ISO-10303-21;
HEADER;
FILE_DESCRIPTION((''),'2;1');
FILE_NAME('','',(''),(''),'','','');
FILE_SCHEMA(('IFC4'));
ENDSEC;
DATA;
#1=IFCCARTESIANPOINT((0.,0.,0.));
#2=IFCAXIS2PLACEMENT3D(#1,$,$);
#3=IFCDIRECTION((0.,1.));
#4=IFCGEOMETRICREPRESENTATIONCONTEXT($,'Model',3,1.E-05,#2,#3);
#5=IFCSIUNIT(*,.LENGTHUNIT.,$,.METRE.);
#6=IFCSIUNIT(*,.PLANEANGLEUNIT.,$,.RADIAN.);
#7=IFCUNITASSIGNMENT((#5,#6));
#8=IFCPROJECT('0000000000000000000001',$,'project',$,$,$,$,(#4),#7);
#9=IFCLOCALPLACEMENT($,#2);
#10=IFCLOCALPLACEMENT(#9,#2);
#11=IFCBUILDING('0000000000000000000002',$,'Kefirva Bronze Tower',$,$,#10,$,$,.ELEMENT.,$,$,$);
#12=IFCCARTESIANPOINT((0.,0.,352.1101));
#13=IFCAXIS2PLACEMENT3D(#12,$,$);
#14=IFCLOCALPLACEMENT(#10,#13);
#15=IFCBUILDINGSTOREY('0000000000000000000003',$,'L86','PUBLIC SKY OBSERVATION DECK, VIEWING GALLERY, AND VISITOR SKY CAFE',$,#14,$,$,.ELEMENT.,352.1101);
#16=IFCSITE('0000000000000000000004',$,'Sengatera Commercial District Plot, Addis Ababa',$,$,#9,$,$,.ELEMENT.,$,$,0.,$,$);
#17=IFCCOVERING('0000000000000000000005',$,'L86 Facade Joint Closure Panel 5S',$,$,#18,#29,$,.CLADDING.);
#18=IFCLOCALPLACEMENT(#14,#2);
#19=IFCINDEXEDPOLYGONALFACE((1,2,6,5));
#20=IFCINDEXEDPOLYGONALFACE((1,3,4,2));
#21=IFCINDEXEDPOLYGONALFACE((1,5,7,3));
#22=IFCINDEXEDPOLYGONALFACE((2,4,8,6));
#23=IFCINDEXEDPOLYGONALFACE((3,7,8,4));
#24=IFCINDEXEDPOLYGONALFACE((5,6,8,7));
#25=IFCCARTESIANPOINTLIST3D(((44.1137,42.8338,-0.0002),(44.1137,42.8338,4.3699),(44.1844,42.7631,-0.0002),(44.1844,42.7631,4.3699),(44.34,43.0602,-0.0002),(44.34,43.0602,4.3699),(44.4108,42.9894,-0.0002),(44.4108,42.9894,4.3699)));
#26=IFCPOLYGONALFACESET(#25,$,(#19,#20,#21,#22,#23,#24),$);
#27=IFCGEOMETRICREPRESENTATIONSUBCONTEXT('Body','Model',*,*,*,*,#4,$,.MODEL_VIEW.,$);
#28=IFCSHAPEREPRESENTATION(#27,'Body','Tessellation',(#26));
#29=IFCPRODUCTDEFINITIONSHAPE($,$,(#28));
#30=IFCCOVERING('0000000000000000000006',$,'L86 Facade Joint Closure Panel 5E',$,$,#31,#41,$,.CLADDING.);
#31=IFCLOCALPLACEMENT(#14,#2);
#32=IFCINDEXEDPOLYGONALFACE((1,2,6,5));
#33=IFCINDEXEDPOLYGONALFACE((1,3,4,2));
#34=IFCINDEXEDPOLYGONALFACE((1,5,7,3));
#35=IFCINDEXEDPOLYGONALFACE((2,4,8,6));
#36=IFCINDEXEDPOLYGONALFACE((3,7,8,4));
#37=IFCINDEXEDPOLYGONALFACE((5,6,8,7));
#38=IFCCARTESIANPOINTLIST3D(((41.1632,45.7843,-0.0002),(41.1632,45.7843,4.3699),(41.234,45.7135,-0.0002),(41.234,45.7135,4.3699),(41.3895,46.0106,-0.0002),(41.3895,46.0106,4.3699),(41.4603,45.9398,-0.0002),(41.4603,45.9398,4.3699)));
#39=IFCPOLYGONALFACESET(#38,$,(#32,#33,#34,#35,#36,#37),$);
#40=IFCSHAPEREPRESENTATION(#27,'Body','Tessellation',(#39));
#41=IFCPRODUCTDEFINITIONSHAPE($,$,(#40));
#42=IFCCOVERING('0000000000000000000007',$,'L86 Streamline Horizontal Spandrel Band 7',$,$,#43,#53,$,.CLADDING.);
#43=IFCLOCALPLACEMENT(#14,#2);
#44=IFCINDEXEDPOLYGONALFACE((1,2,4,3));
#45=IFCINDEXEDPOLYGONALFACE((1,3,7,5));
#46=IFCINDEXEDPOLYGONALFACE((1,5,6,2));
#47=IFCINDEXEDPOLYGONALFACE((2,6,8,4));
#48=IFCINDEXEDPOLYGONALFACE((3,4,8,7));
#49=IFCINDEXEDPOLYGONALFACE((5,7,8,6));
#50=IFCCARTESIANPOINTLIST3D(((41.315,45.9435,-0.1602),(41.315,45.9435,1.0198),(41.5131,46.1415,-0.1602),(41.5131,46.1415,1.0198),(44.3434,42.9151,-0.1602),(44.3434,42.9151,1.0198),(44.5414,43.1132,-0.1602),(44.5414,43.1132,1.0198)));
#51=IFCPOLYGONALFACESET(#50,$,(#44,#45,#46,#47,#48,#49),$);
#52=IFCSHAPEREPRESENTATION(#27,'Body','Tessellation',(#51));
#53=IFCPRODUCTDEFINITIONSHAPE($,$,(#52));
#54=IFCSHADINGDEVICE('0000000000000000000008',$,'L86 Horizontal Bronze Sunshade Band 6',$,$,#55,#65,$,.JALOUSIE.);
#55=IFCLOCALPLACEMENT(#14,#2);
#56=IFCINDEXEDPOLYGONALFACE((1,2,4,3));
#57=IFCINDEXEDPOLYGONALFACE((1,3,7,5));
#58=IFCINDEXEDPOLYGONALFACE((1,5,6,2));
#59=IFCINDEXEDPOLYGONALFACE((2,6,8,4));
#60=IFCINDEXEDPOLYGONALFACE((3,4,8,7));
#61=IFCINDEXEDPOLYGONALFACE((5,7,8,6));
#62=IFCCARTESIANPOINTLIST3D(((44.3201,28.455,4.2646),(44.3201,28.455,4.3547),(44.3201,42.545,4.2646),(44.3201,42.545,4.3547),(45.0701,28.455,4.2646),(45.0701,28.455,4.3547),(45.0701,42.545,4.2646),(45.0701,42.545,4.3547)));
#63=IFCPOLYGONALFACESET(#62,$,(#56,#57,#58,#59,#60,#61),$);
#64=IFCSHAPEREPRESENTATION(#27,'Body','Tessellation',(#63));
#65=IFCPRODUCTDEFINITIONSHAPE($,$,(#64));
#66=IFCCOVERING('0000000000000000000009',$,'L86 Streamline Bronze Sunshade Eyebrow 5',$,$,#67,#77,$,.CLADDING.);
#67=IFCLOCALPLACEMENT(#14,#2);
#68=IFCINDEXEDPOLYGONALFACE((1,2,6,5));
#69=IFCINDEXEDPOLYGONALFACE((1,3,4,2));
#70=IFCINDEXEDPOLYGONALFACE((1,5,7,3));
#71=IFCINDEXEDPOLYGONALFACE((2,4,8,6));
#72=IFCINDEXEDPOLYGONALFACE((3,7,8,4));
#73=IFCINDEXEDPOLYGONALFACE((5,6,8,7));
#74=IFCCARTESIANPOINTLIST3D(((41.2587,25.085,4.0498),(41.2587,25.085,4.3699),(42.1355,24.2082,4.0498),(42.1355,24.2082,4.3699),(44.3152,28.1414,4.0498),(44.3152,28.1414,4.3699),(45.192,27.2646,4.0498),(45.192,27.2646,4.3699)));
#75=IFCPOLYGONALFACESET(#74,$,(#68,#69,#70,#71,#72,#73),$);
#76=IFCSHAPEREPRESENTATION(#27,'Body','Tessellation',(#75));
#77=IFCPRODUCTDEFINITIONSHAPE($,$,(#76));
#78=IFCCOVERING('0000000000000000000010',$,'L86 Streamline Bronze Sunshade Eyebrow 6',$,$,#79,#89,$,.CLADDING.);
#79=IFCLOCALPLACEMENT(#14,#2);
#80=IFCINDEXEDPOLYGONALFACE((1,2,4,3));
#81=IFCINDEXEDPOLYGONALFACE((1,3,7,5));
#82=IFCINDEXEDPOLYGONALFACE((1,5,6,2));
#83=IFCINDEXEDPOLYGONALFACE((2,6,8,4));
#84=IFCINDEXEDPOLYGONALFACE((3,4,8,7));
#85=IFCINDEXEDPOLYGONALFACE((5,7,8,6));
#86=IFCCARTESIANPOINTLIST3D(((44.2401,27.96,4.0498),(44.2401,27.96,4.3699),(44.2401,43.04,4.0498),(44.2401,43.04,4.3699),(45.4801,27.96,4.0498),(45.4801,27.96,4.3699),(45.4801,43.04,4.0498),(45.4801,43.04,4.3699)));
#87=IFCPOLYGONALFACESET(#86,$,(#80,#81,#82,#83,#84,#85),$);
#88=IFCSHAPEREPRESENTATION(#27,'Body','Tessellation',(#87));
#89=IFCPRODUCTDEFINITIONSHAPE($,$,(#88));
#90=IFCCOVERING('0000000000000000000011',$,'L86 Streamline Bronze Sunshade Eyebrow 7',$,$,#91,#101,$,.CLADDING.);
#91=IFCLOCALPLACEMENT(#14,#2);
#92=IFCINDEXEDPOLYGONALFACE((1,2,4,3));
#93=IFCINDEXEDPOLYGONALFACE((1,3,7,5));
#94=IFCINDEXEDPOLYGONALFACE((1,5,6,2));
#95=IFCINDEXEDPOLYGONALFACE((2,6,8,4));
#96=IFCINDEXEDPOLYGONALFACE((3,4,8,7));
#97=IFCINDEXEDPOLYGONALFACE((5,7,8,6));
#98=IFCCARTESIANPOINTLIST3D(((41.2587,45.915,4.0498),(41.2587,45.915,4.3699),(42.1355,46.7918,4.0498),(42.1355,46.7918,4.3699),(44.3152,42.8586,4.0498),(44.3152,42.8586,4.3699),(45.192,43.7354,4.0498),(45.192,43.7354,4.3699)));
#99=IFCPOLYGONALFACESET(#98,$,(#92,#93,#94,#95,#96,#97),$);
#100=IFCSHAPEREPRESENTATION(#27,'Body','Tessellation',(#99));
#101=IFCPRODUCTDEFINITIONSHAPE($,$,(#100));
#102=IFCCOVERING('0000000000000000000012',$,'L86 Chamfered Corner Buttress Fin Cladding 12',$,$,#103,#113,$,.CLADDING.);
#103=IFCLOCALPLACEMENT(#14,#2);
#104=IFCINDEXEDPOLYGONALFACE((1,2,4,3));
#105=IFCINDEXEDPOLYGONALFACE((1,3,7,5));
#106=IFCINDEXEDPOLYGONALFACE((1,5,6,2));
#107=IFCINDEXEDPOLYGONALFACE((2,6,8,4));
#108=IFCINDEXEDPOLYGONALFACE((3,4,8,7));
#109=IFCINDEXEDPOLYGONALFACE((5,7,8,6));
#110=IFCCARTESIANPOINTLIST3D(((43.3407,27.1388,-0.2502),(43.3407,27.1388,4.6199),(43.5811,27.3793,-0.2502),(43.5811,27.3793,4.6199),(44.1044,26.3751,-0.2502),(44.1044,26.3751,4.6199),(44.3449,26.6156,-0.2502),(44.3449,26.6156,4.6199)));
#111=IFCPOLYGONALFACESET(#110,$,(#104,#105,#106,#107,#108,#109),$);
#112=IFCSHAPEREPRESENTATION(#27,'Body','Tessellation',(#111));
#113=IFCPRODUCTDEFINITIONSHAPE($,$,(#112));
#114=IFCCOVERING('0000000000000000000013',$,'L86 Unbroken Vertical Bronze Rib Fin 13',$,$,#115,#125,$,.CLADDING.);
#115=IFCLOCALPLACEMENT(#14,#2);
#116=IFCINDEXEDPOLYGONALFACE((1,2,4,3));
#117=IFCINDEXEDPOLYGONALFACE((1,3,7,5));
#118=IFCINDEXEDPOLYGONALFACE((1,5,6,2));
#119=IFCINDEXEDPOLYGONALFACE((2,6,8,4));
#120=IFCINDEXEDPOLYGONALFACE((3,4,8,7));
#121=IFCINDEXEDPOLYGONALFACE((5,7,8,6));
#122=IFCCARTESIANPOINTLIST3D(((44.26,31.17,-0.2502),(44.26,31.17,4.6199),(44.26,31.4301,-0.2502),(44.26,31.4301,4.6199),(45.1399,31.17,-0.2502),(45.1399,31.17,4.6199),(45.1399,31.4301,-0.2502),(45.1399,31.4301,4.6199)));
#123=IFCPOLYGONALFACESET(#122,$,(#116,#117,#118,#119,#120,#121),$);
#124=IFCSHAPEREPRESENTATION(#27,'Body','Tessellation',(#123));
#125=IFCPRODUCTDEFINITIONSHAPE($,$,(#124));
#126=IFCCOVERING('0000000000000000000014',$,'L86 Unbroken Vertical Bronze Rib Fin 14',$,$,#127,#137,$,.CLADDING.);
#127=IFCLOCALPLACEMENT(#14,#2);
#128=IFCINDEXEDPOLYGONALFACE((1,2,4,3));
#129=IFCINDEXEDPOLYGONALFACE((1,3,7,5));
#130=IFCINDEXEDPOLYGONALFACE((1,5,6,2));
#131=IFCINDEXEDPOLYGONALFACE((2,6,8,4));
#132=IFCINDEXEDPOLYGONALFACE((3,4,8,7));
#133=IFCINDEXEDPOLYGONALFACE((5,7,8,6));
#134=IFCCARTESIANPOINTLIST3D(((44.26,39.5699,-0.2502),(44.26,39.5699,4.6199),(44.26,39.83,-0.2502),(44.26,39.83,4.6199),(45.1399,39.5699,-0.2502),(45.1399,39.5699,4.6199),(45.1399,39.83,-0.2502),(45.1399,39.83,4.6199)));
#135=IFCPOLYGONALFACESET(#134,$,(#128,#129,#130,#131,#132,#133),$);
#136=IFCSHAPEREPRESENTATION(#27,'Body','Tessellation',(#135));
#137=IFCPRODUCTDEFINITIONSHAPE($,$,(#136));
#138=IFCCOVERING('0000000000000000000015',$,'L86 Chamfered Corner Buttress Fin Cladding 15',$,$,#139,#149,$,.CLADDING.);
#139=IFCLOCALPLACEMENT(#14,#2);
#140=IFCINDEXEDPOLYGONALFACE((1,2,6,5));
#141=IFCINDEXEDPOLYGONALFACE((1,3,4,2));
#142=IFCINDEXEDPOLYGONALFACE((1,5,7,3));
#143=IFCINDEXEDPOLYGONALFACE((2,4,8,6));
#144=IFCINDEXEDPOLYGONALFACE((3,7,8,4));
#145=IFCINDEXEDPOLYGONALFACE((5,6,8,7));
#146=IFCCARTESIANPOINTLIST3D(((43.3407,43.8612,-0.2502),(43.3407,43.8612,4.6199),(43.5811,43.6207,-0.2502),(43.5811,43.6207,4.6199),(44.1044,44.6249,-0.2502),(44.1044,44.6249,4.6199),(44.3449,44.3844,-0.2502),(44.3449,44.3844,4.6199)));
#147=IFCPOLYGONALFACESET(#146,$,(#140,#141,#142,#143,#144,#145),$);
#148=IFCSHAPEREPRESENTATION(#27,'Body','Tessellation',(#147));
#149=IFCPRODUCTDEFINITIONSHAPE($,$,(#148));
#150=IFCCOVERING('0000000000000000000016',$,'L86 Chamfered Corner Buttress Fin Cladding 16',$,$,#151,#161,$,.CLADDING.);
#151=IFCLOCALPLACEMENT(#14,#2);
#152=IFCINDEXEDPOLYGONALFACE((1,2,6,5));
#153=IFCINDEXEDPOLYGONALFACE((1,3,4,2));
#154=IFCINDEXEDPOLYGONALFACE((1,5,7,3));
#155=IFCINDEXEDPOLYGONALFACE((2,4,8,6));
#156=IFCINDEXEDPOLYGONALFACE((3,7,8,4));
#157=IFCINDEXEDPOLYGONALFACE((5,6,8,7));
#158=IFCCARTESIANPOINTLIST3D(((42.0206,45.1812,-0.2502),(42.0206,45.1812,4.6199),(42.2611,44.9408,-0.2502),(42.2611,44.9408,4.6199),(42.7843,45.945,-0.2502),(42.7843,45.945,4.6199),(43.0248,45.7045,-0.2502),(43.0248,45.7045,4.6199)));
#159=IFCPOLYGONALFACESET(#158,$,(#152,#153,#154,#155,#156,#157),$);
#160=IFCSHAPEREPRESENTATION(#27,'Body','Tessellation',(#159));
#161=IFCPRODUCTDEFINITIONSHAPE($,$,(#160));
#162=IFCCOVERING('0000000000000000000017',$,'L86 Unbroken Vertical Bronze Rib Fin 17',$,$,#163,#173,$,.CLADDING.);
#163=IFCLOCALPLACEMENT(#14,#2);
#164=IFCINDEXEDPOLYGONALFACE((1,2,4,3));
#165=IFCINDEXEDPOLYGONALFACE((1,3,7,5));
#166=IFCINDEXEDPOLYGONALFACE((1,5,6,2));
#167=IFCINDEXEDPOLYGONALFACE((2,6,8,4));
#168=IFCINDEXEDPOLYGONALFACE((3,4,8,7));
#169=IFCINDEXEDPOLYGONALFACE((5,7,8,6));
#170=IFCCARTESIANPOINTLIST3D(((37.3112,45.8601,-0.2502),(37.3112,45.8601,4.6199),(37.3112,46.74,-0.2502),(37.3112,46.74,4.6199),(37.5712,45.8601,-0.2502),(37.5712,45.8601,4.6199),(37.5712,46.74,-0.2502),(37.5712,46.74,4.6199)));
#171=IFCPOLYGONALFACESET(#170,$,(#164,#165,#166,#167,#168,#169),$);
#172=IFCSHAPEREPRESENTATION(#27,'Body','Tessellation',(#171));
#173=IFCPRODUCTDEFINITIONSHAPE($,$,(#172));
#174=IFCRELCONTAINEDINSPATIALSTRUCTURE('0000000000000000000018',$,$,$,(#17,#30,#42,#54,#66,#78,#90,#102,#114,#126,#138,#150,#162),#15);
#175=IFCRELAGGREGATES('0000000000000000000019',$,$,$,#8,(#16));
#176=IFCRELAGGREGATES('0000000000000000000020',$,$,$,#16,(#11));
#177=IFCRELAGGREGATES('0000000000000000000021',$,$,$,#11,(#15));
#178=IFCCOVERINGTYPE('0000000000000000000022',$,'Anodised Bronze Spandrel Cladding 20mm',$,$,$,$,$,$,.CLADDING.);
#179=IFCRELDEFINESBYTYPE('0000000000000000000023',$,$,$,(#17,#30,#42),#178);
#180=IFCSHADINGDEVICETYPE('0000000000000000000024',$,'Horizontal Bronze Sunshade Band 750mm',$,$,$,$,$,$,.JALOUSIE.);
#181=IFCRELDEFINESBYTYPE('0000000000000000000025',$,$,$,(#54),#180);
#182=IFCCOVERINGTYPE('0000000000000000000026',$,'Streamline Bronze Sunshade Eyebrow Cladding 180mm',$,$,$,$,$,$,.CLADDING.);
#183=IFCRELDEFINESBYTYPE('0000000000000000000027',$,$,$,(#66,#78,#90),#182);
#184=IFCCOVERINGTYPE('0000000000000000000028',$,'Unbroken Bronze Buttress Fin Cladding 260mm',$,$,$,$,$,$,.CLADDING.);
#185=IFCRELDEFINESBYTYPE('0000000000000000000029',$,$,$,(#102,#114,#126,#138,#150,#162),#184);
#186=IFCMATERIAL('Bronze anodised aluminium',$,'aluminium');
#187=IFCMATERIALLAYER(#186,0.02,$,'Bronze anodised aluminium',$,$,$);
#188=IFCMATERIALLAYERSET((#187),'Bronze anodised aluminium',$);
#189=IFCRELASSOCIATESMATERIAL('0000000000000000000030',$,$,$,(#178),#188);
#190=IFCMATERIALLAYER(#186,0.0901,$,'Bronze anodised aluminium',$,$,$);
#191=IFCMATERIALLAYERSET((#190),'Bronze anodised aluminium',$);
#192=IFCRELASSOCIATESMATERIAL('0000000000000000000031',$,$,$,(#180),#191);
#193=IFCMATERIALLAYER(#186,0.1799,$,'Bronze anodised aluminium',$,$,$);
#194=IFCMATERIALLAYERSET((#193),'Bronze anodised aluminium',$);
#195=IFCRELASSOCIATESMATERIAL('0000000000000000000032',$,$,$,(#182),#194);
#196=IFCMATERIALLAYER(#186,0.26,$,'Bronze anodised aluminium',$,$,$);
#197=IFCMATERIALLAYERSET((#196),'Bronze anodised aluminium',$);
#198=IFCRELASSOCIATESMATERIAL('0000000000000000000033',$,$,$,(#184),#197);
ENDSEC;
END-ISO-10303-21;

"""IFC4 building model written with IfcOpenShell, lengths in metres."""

from ifc_helpers import new_model, si_unit, direction, frame, origin, origin_2d, place, context, subcontext, project, spatial, rectangle, extrude, material, layer, layer_set, type_object, element, save


model = new_model("IFC4")

# Units and contexts
model_context = context("Model", 3, precision=1e-05, world=origin(), true_north=direction((0.0, 1.0)))
body_context = subcontext(model_context, "Body", "Model", "MODEL_VIEW")
ifc_project = project(units=[si_unit("LENGTHUNIT", "METRE"), si_unit("PLANEANGLEUNIT", "RADIAN")], contexts=[model_context])

# Site, building, storey
site_placement = place(None, origin())
site = spatial("IfcSite", under=ifc_project, at=site_placement, Name="Sengatera Commercial District Plot, Addis Ababa", CompositionType="ELEMENT", RefElevation=0.0)
building_placement = place(site_placement, origin())
building = spatial("IfcBuilding", under=site, at=building_placement, Name="Kefirva Bronze Tower", CompositionType="ELEMENT")
storey_placement = place(building_placement, frame((0.0, 0.0, 352.1101)))
storey = spatial("IfcBuildingStorey", under=building, at=storey_placement, Name="L86", Description="PUBLIC SKY OBSERVATION DECK, VIEWING GALLERY, AND VISITOR SKY CAFE", CompositionType="ELEMENT", Elevation=352.1101)

# Shared definitions
ifc_material_1 = material(Name="Bronze anodised aluminium", Category="aluminium")

# Coverings
ifc_layer_1 = layer(ifc_material_1, 0.02, Name="Bronze anodised aluminium")
ifc_layer_set_1 = layer_set([ifc_layer_1], Name="Bronze anodised aluminium")
covering_type_1 = type_object("IfcCoveringType", Name="Anodised Bronze Spandrel Cladding 20mm", PredefinedType="CLADDING", material=ifc_layer_set_1)
for number, where, z_axis, x_axis, name in (
    (1, (44.2622, 42.9116, -0.0002), (0.0, 0.0, 1.0), (-0.707107, 0.707107, 0.0), "L86 Facade Joint Closure Panel 5S"),
    (2, (41.3118, 45.8621, -0.0002), (0.0, 0.0, 1.0), (-0.707107, 0.707107, 0.0), "L86 Facade Joint Closure Panel 5E"),
):
    element("IfcCovering", number, at=place(storey_placement, frame(where, z_axis=z_axis, x_axis=x_axis)), inside=storey, type_object=covering_type_1, Name=name, PredefinedType="CLADDING", context=body_context, shape_type="SweptSolid", body=[
        extrude(rectangle(XDim=0.1001, YDim=0.3201, at=origin_2d()), origin(), (0.0, 0.0, 1.0), 4.3701),
    ])
covering_1_placement = place(storey_placement, frame((42.9282, 44.5283, -0.1602), z_axis=(0.0, 0.0, 1.0), x_axis=(-0.707107, 0.707107, 0.0)))
element("IfcCovering", 3, at=covering_1_placement, inside=storey, type_object=covering_type_1, Name="L86 Streamline Horizontal Spandrel Band 7", PredefinedType="CLADDING", context=body_context, shape_type="SweptSolid", body=[
    extrude(rectangle(XDim=4.2827, YDim=0.28, at=origin_2d()), origin(), (0.0, 0.0, 1.0), 1.1799),
])

# Shading device
ifc_layer_2 = layer(ifc_material_1, 0.0901, Name="Bronze anodised aluminium")
ifc_layer_set_2 = layer_set([ifc_layer_2], Name="Bronze anodised aluminium")
shading_device_type = type_object("IfcShadingDeviceType", Name="Horizontal Bronze Sunshade Band 750mm", PredefinedType="JALOUSIE", material=ifc_layer_set_2)
shading_device_placement = place(storey_placement, frame((44.6951, 35.5, 4.2646), z_axis=(0.0, 0.0, 1.0), x_axis=(0.0, 1.0, 0.0)))
element("IfcShadingDevice", 4, at=shading_device_placement, inside=storey, type_object=shading_device_type, Name="L86 Horizontal Bronze Sunshade Band 6", PredefinedType="JALOUSIE", context=body_context, shape_type="SweptSolid", body=[
    extrude(rectangle(XDim=14.0901, YDim=0.75, at=origin_2d()), origin(), (0.0, 0.0, 1.0), 0.0901),
])

# Coverings
ifc_layer_3 = layer(ifc_material_1, 0.1799, Name="Bronze anodised aluminium")
ifc_layer_set_3 = layer_set([ifc_layer_3], Name="Bronze anodised aluminium")
covering_type_2 = type_object("IfcCoveringType", Name="Streamline Bronze Sunshade Eyebrow Cladding 180mm", PredefinedType="CLADDING", material=ifc_layer_set_3)
covering_2_placement = place(storey_placement, frame((43.2253, 26.1748, 4.0498), z_axis=(0.0, 0.0, 1.0), x_axis=(0.707107, 0.707107, 0.0)))
element("IfcCovering", 5, at=covering_2_placement, inside=storey, type_object=covering_type_2, Name="L86 Streamline Bronze Sunshade Eyebrow 5", PredefinedType="CLADDING", context=body_context, shape_type="SweptSolid", body=[
    extrude(rectangle(XDim=4.3225, YDim=1.24, at=origin_2d()), origin(), (0.0, 0.0, 1.0), 0.3201),
])
covering_3_placement = place(storey_placement, frame((44.8601, 35.5, 4.0498), z_axis=(0.0, 0.0, 1.0), x_axis=(0.0, 1.0, 0.0)))
element("IfcCovering", 6, at=covering_3_placement, inside=storey, type_object=covering_type_2, Name="L86 Streamline Bronze Sunshade Eyebrow 6", PredefinedType="CLADDING", context=body_context, shape_type="SweptSolid", body=[
    extrude(rectangle(XDim=15.0801, YDim=1.24, at=origin_2d()), origin(), (0.0, 0.0, 1.0), 0.3201),
])
covering_4_placement = place(storey_placement, frame((43.2253, 44.8252, 4.0498), z_axis=(0.0, 0.0, 1.0), x_axis=(-0.707107, 0.707107, 0.0)))
element("IfcCovering", 7, at=covering_4_placement, inside=storey, type_object=covering_type_2, Name="L86 Streamline Bronze Sunshade Eyebrow 7", PredefinedType="CLADDING", context=body_context, shape_type="SweptSolid", body=[
    extrude(rectangle(XDim=4.3225, YDim=1.24, at=origin_2d()), origin(), (0.0, 0.0, 1.0), 0.3201),
])
ifc_layer_4 = layer(ifc_material_1, 0.26, Name="Bronze anodised aluminium")
ifc_layer_set_4 = layer_set([ifc_layer_4], Name="Bronze anodised aluminium")
covering_type_3 = type_object("IfcCoveringType", Name="Unbroken Bronze Buttress Fin Cladding 260mm", PredefinedType="CLADDING", material=ifc_layer_set_4)
covering_5_placement = place(storey_placement, frame((43.8428, 26.8772, -0.2502), z_axis=(0.0, 0.0, 1.0), x_axis=(0.707107, 0.707107, 0.0)))
element("IfcCovering", 8, at=covering_5_placement, inside=storey, type_object=covering_type_3, Name="L86 Chamfered Corner Buttress Fin Cladding 12", PredefinedType="CLADDING", context=body_context, shape_type="SweptSolid", body=[
    extrude(rectangle(XDim=0.3401, YDim=1.0801, at=origin_2d()), origin(), (0.0, 0.0, 1.0), 4.8701),
])
for number, where, z_axis, x_axis, name in (
    (9, (44.7, 31.3, -0.2502), (0.0, 0.0, 1.0), (0.0, 1.0, 0.0), "L86 Unbroken Vertical Bronze Rib Fin 13"),
    (10, (44.7, 39.7, -0.2502), (0.0, 0.0, 1.0), (0.0, 1.0, 0.0), "L86 Unbroken Vertical Bronze Rib Fin 14"),
):
    element("IfcCovering", number, at=place(storey_placement, frame(where, z_axis=z_axis, x_axis=x_axis)), inside=storey, type_object=covering_type_3, Name=name, PredefinedType="CLADDING", context=body_context, shape_type="SweptSolid", body=[
        extrude(rectangle(XDim=0.26, YDim=0.8799, at=origin_2d()), origin(), (0.0, 0.0, 1.0), 4.8701),
    ])
for number, where, z_axis, x_axis, name in (
    (11, (43.8428, 44.1228, -0.2502), (0.0, 0.0, 1.0), (-0.707107, 0.707107, 0.0), "L86 Chamfered Corner Buttress Fin Cladding 15"),
    (12, (42.5227, 45.4429, -0.2502), (0.0, 0.0, 1.0), (-0.707107, 0.707107, 0.0), "L86 Chamfered Corner Buttress Fin Cladding 16"),
):
    element("IfcCovering", number, at=place(storey_placement, frame(where, z_axis=z_axis, x_axis=x_axis)), inside=storey, type_object=covering_type_3, Name=name, PredefinedType="CLADDING", context=body_context, shape_type="SweptSolid", body=[
        extrude(rectangle(XDim=0.3401, YDim=1.0801, at=origin_2d()), origin(), (0.0, 0.0, 1.0), 4.8701),
    ])
covering_6_placement = place(storey_placement, frame((37.4412, 46.3, -0.2502), z_axis=(0.0, 0.0, 1.0), x_axis=(-1.0, 0.0, 0.0)))
element("IfcCovering", 13, at=covering_6_placement, inside=storey, type_object=covering_type_3, Name="L86 Unbroken Vertical Bronze Rib Fin 17", PredefinedType="CLADDING", context=body_context, shape_type="SweptSolid", body=[
    extrude(rectangle(XDim=0.26, YDim=0.8799, at=origin_2d()), origin(), (0.0, 0.0, 1.0), 4.8701),
])

save(model, "model.ifc")
